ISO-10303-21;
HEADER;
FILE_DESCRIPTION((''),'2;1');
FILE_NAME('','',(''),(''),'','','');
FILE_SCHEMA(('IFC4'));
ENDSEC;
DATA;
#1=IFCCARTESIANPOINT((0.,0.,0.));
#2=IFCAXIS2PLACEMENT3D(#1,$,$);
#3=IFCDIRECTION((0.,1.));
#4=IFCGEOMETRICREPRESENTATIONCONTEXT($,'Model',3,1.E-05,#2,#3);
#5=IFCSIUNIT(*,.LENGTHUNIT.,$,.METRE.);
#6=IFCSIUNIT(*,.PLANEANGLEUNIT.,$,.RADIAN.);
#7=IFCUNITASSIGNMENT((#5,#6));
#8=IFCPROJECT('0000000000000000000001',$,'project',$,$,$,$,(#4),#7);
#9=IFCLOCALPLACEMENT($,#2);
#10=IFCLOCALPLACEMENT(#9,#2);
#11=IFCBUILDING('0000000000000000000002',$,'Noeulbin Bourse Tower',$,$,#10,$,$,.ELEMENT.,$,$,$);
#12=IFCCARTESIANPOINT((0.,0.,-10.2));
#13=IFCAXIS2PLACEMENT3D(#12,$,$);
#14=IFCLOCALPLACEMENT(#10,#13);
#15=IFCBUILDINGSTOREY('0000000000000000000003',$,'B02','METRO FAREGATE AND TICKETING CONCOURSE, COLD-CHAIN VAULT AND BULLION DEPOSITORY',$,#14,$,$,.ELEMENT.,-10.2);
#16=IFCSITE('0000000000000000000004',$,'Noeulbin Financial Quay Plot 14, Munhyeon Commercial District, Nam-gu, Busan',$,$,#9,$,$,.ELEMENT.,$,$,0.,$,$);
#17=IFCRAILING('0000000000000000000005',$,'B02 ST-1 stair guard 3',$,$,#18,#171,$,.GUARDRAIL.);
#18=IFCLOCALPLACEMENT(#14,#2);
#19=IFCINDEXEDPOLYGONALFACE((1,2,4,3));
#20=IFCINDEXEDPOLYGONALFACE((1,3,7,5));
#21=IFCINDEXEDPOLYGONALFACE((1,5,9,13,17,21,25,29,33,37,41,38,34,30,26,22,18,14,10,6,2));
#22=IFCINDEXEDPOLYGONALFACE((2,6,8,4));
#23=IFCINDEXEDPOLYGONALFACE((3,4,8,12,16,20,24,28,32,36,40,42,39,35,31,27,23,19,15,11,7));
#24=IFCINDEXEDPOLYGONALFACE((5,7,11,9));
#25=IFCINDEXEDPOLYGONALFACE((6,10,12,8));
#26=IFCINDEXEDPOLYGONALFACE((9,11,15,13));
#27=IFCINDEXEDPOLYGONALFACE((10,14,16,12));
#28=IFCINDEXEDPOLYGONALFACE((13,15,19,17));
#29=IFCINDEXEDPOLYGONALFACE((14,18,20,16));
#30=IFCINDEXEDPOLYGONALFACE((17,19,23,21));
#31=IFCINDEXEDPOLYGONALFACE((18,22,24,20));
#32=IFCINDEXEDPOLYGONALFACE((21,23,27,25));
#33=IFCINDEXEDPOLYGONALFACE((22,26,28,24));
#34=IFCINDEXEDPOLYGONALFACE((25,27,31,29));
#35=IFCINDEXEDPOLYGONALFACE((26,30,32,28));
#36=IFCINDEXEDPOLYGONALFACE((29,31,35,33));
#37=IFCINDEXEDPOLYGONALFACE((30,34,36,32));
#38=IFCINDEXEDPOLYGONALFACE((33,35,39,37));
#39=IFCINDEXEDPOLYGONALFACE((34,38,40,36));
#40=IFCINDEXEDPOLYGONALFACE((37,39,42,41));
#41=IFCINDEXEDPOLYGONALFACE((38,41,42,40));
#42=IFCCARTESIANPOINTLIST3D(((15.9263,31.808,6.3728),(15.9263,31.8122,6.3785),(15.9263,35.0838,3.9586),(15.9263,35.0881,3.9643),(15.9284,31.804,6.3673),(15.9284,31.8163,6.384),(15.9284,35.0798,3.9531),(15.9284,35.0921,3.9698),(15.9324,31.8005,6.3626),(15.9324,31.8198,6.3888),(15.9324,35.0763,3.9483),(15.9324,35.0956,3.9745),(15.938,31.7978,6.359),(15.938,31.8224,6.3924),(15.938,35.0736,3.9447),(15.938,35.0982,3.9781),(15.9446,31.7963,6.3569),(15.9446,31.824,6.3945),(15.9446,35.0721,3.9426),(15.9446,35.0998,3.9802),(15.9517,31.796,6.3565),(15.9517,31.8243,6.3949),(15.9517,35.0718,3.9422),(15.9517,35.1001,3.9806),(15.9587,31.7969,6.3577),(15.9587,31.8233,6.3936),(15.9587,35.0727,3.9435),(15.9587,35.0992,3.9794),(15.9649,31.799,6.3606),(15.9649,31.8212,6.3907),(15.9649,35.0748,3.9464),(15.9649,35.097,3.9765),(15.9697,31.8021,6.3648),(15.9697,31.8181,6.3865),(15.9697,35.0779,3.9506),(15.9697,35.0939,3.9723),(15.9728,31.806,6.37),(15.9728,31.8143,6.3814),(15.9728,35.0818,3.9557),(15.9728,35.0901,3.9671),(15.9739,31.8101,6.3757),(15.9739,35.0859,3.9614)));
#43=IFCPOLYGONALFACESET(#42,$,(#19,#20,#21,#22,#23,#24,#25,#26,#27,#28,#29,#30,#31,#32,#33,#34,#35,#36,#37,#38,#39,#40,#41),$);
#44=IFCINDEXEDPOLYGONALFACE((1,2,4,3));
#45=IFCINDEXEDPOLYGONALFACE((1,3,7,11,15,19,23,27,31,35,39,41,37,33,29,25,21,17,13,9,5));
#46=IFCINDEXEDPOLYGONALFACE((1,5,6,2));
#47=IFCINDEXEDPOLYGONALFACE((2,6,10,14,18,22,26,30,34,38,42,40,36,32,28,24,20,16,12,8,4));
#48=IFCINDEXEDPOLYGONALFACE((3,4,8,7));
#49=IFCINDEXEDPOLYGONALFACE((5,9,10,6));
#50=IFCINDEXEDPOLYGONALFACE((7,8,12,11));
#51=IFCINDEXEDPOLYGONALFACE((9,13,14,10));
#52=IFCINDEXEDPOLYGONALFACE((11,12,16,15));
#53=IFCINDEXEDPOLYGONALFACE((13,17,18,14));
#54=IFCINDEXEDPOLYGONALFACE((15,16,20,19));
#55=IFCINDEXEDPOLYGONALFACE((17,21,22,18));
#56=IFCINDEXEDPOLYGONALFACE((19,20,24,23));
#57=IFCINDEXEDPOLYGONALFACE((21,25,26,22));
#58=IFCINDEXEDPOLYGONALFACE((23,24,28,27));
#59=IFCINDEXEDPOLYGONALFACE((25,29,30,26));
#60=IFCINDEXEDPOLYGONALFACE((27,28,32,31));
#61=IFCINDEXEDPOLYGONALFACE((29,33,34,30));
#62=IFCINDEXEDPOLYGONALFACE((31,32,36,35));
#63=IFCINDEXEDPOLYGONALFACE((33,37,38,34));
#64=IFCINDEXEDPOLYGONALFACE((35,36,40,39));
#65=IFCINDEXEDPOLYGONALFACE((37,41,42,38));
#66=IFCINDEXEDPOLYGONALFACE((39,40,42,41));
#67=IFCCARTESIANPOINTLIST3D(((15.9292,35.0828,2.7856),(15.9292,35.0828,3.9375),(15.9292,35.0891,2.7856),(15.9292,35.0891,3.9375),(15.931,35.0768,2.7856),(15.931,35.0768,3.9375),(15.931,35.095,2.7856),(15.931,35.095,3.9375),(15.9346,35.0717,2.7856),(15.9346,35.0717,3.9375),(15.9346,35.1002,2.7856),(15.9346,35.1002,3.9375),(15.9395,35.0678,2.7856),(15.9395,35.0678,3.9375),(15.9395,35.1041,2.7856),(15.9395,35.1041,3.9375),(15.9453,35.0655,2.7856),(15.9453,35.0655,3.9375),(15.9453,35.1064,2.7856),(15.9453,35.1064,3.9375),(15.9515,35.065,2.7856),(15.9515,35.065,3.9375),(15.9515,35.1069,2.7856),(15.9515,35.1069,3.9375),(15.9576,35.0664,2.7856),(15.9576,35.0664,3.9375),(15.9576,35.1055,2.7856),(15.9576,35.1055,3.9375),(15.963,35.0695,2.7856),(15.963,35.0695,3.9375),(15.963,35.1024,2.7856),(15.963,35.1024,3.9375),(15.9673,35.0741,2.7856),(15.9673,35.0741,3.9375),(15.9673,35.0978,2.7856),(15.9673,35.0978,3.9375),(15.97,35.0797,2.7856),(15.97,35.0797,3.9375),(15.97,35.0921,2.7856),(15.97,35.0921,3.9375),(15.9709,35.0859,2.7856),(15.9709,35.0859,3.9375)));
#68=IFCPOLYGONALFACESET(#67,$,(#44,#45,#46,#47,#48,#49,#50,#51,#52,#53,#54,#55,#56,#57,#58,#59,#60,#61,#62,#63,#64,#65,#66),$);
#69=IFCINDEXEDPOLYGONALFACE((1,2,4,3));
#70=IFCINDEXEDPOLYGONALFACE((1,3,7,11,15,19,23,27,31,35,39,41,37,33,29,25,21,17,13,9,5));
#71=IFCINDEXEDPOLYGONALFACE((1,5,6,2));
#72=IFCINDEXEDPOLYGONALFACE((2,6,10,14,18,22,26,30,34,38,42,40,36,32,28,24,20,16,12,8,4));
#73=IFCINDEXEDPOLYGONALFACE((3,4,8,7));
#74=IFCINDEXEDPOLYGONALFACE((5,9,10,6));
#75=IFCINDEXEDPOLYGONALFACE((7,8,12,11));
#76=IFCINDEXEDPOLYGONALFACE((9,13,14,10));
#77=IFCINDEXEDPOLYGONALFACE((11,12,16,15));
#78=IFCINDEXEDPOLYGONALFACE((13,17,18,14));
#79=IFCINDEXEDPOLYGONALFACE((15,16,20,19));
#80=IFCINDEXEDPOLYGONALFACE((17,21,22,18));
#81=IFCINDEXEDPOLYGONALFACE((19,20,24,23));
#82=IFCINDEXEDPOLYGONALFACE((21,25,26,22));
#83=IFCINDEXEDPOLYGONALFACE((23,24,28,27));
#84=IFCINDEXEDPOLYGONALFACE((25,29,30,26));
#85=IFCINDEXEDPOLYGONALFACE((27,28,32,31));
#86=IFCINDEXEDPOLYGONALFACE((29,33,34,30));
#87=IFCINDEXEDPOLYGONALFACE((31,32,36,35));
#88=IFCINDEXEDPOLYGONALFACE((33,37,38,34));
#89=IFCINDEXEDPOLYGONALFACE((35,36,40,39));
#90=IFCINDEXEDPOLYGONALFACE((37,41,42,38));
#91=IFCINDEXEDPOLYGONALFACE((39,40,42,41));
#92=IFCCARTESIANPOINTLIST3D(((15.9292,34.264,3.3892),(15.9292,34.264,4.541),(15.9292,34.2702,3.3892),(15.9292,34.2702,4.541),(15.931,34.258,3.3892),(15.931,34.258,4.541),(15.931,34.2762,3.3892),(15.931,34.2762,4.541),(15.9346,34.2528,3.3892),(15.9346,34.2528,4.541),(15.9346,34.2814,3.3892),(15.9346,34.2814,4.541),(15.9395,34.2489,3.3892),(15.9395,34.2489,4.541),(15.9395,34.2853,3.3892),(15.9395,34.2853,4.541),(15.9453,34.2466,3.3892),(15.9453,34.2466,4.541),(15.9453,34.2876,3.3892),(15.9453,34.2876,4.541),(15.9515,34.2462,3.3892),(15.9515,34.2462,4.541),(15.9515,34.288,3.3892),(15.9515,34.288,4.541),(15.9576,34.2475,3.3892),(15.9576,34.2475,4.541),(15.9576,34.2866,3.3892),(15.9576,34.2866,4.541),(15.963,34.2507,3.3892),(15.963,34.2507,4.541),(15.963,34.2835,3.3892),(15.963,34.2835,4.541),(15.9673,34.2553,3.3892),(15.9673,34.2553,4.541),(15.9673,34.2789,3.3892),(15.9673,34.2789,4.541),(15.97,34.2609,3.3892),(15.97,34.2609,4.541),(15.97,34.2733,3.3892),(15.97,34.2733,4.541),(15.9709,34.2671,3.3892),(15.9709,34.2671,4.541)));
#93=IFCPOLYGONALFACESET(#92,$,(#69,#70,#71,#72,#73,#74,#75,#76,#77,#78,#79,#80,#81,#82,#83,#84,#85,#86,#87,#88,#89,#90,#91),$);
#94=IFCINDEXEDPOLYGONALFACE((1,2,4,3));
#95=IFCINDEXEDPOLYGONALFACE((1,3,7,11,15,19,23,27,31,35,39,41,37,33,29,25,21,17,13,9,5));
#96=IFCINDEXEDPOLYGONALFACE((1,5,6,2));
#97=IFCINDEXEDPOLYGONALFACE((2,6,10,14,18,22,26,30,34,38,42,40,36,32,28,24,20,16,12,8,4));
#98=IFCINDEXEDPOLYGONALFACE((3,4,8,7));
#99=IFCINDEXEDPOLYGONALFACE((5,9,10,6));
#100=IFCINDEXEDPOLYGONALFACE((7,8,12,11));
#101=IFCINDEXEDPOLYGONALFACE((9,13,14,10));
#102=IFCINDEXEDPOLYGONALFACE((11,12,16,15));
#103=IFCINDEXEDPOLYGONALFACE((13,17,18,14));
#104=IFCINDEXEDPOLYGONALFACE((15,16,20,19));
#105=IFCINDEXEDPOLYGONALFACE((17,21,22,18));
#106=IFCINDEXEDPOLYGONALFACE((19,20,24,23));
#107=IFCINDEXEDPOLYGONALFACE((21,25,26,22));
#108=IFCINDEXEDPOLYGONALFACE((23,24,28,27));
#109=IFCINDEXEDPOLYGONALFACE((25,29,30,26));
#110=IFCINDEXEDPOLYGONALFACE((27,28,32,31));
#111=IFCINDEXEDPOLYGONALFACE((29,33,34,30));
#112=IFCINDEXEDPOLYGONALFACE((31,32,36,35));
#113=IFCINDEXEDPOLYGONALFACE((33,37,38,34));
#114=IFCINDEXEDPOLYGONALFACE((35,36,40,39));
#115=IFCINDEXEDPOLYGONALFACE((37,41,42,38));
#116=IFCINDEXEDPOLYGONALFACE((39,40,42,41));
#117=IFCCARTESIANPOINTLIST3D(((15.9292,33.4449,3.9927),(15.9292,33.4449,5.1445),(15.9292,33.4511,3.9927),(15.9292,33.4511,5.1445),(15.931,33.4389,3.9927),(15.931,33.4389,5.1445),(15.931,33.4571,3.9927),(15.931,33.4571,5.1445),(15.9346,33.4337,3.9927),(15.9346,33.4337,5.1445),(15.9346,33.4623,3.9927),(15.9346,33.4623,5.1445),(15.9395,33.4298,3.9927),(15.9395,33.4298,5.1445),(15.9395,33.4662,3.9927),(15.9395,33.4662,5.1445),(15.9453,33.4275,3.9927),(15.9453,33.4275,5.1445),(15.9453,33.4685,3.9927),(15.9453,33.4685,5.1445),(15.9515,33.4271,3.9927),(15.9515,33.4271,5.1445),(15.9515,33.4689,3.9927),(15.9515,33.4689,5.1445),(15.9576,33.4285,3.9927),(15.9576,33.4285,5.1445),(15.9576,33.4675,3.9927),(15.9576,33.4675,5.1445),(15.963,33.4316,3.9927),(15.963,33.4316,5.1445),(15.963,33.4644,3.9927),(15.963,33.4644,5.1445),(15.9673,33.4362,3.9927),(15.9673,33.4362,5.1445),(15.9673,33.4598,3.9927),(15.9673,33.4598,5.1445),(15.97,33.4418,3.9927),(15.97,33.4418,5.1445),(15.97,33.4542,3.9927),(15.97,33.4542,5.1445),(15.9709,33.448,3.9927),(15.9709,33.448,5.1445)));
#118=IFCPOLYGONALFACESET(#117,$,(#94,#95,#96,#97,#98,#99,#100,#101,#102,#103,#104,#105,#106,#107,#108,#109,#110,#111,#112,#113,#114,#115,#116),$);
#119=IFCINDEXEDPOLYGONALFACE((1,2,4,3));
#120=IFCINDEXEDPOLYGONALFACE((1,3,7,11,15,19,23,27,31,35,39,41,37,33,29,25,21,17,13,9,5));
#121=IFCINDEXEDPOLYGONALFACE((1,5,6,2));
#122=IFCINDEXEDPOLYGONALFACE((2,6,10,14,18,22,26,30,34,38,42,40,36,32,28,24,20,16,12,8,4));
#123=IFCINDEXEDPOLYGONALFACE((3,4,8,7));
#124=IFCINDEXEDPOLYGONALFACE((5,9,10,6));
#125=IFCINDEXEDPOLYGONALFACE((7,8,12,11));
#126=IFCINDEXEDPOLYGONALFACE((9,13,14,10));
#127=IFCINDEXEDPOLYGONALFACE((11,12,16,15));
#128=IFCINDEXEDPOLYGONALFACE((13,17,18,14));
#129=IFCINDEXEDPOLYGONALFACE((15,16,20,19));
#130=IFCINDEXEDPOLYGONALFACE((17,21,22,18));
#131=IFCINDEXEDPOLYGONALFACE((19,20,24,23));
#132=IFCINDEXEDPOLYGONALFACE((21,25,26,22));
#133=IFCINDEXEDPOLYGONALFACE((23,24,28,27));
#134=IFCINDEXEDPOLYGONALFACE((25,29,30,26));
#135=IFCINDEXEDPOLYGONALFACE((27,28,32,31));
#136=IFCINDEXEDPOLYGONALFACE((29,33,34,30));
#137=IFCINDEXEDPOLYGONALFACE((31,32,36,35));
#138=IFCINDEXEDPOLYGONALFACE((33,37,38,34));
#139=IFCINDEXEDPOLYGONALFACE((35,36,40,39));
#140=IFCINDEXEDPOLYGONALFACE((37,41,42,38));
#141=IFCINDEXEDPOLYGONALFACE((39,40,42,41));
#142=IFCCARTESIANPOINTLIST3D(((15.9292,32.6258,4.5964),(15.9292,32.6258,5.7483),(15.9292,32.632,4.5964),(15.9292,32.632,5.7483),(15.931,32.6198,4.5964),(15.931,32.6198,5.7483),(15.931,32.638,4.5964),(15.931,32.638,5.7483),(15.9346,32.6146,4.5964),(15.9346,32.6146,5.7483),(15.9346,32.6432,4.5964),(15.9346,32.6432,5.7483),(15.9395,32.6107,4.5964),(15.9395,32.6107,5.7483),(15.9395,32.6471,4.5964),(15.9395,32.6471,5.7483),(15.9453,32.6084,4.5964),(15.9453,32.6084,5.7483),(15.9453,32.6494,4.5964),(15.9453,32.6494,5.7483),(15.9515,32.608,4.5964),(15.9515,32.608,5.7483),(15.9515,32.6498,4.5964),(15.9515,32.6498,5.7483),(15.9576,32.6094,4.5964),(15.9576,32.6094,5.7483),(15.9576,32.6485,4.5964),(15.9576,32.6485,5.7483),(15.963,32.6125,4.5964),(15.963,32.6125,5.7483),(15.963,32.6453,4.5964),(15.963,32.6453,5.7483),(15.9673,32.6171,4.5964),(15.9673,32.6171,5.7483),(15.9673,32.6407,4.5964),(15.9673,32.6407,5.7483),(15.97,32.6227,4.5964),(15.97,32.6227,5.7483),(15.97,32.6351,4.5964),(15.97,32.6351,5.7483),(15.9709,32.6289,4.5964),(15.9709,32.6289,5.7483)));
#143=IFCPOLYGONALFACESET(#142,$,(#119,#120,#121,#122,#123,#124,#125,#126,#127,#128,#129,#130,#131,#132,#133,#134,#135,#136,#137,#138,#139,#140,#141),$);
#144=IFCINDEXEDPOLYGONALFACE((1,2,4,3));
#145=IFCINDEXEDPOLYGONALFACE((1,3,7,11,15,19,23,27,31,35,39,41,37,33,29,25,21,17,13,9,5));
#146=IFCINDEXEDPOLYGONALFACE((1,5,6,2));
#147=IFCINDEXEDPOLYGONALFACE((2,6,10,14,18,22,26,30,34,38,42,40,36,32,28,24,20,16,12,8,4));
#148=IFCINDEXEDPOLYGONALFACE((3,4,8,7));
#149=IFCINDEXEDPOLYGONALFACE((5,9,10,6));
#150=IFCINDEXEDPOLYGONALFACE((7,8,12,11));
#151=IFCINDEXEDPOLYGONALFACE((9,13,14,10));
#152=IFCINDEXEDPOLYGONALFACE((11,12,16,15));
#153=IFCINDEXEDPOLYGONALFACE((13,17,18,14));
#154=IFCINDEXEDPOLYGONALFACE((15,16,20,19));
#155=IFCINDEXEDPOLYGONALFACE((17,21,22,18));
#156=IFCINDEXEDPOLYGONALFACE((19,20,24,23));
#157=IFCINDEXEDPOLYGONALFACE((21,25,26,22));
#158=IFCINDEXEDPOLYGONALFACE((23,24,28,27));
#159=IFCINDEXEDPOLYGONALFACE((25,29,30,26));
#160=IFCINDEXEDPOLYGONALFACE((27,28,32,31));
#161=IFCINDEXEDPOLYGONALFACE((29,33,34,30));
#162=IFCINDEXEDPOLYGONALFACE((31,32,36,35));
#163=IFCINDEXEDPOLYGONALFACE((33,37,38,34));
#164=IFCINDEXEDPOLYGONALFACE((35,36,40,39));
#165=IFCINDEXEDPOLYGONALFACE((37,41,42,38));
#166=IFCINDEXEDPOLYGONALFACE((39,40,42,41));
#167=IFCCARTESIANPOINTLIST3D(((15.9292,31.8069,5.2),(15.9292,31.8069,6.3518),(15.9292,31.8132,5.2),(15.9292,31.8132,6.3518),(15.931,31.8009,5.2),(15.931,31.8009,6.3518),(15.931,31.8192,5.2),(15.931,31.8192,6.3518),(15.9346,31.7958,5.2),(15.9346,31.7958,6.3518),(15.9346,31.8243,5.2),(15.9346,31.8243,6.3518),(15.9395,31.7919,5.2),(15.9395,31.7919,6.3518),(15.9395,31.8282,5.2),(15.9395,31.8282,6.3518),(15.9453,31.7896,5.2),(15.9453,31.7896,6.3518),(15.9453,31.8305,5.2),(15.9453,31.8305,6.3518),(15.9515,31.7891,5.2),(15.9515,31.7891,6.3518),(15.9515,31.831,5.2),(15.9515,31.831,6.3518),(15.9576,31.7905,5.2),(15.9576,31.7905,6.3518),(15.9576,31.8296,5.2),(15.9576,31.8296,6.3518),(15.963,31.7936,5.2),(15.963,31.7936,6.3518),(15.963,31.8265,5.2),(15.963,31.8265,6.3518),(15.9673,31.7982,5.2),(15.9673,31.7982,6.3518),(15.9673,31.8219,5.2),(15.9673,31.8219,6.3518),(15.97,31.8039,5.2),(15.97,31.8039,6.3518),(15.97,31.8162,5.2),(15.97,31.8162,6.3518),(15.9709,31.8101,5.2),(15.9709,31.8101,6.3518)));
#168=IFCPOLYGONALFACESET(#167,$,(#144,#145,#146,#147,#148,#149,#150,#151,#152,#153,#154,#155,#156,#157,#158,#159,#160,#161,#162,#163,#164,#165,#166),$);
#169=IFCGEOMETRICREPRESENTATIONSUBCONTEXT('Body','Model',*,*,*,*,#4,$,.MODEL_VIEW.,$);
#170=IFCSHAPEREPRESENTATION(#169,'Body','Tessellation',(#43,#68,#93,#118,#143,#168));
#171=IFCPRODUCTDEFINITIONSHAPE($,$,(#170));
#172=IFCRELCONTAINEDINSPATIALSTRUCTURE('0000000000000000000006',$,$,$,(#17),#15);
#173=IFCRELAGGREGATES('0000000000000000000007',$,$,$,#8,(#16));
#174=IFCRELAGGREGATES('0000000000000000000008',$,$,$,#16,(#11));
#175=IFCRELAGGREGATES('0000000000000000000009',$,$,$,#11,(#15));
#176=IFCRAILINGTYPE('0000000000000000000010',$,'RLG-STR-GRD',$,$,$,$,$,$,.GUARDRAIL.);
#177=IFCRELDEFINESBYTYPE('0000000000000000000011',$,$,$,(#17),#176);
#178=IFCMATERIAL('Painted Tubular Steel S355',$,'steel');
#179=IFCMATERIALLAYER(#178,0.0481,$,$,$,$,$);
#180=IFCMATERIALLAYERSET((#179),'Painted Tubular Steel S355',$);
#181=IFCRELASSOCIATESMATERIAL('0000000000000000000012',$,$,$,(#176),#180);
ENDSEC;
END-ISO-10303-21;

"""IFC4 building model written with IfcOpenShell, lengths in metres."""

from ifc_helpers import new_model, si_unit, direction, frame, origin, origin_2d, place, context, subcontext, project, spatial, circle, extrude, material, layer, layer_set, type_object, element, save


model = new_model("IFC4")

# Units and contexts
model_context = context("Model", 3, precision=1e-05, world=origin(), true_north=direction((0.0, 1.0)))
body_context = subcontext(model_context, "Body", "Model", "MODEL_VIEW")
ifc_project = project(units=[si_unit("LENGTHUNIT", "METRE"), si_unit("PLANEANGLEUNIT", "RADIAN")], contexts=[model_context])

# Site, building, storey
site_placement = place(None, origin())
site = spatial("IfcSite", under=ifc_project, at=site_placement, Name="Noeulbin Financial Quay Plot 14, Munhyeon Commercial District, Nam-gu, Busan", CompositionType="ELEMENT", RefElevation=0.0)
building_placement = place(site_placement, origin())
building = spatial("IfcBuilding", under=site, at=building_placement, Name="Noeulbin Bourse Tower", CompositionType="ELEMENT")
storey_placement = place(building_placement, frame((0.0, 0.0, -10.2)))
storey = spatial("IfcBuildingStorey", under=building, at=storey_placement, Name="B02", Description="METRO FAREGATE AND TICKETING CONCOURSE, COLD-CHAIN VAULT AND BULLION DEPOSITORY", CompositionType="ELEMENT", Elevation=-10.2)

# Railing
ifc_material_1 = material(Name="Painted Tubular Steel S355", Category="steel")
ifc_layer_1 = layer(ifc_material_1, 0.0481)
ifc_layer_set_1 = layer_set([ifc_layer_1], Name="Painted Tubular Steel S355")
railing_type_1 = type_object("IfcRailingType", Name="RLG-STR-GRD", PredefinedType="GUARDRAIL", material=ifc_layer_set_1)
railing_1_placement = place(storey_placement, frame((15.95, 35.0859, 2.7856)))
element("IfcRailing", 1, at=railing_1_placement, inside=storey, type_object=railing_type_1, Name="B02 ST-1 stair guard 3", PredefinedType="GUARDRAIL", context=body_context, shape_type="SweptSolid", body=[
    extrude(circle(Radius=0.0239, at=origin_2d()), frame((0.0, 0.0, 1.1758), z_axis=(0.0, -0.804997, 0.593279), x_axis=(1.0, 0.0, 0.0)), (0.0, 0.0, 1.0), 4.0693),
    extrude(circle(Radius=0.021, at=origin_2d()), origin(), (0.0, 0.0, 1.0), 1.1519),
    extrude(circle(Radius=0.021, at=origin_2d()), frame((0.0, -0.8188, 0.6035)), (0.0, 0.0, 1.0), 1.1519),
    extrude(circle(Radius=0.021, at=origin_2d()), frame((0.0, -1.6379, 1.207)), (0.0, 0.0, 1.0), 1.1519),
    extrude(circle(Radius=0.021, at=origin_2d()), frame((0.0, -2.457, 1.8108)), (0.0, 0.0, 1.0), 1.1519),
    extrude(circle(Radius=0.021, at=origin_2d()), frame((0.0, -3.2759, 2.4143)), (0.0, 0.0, 1.0), 1.1519),
])

save(model, "model.ifc")
